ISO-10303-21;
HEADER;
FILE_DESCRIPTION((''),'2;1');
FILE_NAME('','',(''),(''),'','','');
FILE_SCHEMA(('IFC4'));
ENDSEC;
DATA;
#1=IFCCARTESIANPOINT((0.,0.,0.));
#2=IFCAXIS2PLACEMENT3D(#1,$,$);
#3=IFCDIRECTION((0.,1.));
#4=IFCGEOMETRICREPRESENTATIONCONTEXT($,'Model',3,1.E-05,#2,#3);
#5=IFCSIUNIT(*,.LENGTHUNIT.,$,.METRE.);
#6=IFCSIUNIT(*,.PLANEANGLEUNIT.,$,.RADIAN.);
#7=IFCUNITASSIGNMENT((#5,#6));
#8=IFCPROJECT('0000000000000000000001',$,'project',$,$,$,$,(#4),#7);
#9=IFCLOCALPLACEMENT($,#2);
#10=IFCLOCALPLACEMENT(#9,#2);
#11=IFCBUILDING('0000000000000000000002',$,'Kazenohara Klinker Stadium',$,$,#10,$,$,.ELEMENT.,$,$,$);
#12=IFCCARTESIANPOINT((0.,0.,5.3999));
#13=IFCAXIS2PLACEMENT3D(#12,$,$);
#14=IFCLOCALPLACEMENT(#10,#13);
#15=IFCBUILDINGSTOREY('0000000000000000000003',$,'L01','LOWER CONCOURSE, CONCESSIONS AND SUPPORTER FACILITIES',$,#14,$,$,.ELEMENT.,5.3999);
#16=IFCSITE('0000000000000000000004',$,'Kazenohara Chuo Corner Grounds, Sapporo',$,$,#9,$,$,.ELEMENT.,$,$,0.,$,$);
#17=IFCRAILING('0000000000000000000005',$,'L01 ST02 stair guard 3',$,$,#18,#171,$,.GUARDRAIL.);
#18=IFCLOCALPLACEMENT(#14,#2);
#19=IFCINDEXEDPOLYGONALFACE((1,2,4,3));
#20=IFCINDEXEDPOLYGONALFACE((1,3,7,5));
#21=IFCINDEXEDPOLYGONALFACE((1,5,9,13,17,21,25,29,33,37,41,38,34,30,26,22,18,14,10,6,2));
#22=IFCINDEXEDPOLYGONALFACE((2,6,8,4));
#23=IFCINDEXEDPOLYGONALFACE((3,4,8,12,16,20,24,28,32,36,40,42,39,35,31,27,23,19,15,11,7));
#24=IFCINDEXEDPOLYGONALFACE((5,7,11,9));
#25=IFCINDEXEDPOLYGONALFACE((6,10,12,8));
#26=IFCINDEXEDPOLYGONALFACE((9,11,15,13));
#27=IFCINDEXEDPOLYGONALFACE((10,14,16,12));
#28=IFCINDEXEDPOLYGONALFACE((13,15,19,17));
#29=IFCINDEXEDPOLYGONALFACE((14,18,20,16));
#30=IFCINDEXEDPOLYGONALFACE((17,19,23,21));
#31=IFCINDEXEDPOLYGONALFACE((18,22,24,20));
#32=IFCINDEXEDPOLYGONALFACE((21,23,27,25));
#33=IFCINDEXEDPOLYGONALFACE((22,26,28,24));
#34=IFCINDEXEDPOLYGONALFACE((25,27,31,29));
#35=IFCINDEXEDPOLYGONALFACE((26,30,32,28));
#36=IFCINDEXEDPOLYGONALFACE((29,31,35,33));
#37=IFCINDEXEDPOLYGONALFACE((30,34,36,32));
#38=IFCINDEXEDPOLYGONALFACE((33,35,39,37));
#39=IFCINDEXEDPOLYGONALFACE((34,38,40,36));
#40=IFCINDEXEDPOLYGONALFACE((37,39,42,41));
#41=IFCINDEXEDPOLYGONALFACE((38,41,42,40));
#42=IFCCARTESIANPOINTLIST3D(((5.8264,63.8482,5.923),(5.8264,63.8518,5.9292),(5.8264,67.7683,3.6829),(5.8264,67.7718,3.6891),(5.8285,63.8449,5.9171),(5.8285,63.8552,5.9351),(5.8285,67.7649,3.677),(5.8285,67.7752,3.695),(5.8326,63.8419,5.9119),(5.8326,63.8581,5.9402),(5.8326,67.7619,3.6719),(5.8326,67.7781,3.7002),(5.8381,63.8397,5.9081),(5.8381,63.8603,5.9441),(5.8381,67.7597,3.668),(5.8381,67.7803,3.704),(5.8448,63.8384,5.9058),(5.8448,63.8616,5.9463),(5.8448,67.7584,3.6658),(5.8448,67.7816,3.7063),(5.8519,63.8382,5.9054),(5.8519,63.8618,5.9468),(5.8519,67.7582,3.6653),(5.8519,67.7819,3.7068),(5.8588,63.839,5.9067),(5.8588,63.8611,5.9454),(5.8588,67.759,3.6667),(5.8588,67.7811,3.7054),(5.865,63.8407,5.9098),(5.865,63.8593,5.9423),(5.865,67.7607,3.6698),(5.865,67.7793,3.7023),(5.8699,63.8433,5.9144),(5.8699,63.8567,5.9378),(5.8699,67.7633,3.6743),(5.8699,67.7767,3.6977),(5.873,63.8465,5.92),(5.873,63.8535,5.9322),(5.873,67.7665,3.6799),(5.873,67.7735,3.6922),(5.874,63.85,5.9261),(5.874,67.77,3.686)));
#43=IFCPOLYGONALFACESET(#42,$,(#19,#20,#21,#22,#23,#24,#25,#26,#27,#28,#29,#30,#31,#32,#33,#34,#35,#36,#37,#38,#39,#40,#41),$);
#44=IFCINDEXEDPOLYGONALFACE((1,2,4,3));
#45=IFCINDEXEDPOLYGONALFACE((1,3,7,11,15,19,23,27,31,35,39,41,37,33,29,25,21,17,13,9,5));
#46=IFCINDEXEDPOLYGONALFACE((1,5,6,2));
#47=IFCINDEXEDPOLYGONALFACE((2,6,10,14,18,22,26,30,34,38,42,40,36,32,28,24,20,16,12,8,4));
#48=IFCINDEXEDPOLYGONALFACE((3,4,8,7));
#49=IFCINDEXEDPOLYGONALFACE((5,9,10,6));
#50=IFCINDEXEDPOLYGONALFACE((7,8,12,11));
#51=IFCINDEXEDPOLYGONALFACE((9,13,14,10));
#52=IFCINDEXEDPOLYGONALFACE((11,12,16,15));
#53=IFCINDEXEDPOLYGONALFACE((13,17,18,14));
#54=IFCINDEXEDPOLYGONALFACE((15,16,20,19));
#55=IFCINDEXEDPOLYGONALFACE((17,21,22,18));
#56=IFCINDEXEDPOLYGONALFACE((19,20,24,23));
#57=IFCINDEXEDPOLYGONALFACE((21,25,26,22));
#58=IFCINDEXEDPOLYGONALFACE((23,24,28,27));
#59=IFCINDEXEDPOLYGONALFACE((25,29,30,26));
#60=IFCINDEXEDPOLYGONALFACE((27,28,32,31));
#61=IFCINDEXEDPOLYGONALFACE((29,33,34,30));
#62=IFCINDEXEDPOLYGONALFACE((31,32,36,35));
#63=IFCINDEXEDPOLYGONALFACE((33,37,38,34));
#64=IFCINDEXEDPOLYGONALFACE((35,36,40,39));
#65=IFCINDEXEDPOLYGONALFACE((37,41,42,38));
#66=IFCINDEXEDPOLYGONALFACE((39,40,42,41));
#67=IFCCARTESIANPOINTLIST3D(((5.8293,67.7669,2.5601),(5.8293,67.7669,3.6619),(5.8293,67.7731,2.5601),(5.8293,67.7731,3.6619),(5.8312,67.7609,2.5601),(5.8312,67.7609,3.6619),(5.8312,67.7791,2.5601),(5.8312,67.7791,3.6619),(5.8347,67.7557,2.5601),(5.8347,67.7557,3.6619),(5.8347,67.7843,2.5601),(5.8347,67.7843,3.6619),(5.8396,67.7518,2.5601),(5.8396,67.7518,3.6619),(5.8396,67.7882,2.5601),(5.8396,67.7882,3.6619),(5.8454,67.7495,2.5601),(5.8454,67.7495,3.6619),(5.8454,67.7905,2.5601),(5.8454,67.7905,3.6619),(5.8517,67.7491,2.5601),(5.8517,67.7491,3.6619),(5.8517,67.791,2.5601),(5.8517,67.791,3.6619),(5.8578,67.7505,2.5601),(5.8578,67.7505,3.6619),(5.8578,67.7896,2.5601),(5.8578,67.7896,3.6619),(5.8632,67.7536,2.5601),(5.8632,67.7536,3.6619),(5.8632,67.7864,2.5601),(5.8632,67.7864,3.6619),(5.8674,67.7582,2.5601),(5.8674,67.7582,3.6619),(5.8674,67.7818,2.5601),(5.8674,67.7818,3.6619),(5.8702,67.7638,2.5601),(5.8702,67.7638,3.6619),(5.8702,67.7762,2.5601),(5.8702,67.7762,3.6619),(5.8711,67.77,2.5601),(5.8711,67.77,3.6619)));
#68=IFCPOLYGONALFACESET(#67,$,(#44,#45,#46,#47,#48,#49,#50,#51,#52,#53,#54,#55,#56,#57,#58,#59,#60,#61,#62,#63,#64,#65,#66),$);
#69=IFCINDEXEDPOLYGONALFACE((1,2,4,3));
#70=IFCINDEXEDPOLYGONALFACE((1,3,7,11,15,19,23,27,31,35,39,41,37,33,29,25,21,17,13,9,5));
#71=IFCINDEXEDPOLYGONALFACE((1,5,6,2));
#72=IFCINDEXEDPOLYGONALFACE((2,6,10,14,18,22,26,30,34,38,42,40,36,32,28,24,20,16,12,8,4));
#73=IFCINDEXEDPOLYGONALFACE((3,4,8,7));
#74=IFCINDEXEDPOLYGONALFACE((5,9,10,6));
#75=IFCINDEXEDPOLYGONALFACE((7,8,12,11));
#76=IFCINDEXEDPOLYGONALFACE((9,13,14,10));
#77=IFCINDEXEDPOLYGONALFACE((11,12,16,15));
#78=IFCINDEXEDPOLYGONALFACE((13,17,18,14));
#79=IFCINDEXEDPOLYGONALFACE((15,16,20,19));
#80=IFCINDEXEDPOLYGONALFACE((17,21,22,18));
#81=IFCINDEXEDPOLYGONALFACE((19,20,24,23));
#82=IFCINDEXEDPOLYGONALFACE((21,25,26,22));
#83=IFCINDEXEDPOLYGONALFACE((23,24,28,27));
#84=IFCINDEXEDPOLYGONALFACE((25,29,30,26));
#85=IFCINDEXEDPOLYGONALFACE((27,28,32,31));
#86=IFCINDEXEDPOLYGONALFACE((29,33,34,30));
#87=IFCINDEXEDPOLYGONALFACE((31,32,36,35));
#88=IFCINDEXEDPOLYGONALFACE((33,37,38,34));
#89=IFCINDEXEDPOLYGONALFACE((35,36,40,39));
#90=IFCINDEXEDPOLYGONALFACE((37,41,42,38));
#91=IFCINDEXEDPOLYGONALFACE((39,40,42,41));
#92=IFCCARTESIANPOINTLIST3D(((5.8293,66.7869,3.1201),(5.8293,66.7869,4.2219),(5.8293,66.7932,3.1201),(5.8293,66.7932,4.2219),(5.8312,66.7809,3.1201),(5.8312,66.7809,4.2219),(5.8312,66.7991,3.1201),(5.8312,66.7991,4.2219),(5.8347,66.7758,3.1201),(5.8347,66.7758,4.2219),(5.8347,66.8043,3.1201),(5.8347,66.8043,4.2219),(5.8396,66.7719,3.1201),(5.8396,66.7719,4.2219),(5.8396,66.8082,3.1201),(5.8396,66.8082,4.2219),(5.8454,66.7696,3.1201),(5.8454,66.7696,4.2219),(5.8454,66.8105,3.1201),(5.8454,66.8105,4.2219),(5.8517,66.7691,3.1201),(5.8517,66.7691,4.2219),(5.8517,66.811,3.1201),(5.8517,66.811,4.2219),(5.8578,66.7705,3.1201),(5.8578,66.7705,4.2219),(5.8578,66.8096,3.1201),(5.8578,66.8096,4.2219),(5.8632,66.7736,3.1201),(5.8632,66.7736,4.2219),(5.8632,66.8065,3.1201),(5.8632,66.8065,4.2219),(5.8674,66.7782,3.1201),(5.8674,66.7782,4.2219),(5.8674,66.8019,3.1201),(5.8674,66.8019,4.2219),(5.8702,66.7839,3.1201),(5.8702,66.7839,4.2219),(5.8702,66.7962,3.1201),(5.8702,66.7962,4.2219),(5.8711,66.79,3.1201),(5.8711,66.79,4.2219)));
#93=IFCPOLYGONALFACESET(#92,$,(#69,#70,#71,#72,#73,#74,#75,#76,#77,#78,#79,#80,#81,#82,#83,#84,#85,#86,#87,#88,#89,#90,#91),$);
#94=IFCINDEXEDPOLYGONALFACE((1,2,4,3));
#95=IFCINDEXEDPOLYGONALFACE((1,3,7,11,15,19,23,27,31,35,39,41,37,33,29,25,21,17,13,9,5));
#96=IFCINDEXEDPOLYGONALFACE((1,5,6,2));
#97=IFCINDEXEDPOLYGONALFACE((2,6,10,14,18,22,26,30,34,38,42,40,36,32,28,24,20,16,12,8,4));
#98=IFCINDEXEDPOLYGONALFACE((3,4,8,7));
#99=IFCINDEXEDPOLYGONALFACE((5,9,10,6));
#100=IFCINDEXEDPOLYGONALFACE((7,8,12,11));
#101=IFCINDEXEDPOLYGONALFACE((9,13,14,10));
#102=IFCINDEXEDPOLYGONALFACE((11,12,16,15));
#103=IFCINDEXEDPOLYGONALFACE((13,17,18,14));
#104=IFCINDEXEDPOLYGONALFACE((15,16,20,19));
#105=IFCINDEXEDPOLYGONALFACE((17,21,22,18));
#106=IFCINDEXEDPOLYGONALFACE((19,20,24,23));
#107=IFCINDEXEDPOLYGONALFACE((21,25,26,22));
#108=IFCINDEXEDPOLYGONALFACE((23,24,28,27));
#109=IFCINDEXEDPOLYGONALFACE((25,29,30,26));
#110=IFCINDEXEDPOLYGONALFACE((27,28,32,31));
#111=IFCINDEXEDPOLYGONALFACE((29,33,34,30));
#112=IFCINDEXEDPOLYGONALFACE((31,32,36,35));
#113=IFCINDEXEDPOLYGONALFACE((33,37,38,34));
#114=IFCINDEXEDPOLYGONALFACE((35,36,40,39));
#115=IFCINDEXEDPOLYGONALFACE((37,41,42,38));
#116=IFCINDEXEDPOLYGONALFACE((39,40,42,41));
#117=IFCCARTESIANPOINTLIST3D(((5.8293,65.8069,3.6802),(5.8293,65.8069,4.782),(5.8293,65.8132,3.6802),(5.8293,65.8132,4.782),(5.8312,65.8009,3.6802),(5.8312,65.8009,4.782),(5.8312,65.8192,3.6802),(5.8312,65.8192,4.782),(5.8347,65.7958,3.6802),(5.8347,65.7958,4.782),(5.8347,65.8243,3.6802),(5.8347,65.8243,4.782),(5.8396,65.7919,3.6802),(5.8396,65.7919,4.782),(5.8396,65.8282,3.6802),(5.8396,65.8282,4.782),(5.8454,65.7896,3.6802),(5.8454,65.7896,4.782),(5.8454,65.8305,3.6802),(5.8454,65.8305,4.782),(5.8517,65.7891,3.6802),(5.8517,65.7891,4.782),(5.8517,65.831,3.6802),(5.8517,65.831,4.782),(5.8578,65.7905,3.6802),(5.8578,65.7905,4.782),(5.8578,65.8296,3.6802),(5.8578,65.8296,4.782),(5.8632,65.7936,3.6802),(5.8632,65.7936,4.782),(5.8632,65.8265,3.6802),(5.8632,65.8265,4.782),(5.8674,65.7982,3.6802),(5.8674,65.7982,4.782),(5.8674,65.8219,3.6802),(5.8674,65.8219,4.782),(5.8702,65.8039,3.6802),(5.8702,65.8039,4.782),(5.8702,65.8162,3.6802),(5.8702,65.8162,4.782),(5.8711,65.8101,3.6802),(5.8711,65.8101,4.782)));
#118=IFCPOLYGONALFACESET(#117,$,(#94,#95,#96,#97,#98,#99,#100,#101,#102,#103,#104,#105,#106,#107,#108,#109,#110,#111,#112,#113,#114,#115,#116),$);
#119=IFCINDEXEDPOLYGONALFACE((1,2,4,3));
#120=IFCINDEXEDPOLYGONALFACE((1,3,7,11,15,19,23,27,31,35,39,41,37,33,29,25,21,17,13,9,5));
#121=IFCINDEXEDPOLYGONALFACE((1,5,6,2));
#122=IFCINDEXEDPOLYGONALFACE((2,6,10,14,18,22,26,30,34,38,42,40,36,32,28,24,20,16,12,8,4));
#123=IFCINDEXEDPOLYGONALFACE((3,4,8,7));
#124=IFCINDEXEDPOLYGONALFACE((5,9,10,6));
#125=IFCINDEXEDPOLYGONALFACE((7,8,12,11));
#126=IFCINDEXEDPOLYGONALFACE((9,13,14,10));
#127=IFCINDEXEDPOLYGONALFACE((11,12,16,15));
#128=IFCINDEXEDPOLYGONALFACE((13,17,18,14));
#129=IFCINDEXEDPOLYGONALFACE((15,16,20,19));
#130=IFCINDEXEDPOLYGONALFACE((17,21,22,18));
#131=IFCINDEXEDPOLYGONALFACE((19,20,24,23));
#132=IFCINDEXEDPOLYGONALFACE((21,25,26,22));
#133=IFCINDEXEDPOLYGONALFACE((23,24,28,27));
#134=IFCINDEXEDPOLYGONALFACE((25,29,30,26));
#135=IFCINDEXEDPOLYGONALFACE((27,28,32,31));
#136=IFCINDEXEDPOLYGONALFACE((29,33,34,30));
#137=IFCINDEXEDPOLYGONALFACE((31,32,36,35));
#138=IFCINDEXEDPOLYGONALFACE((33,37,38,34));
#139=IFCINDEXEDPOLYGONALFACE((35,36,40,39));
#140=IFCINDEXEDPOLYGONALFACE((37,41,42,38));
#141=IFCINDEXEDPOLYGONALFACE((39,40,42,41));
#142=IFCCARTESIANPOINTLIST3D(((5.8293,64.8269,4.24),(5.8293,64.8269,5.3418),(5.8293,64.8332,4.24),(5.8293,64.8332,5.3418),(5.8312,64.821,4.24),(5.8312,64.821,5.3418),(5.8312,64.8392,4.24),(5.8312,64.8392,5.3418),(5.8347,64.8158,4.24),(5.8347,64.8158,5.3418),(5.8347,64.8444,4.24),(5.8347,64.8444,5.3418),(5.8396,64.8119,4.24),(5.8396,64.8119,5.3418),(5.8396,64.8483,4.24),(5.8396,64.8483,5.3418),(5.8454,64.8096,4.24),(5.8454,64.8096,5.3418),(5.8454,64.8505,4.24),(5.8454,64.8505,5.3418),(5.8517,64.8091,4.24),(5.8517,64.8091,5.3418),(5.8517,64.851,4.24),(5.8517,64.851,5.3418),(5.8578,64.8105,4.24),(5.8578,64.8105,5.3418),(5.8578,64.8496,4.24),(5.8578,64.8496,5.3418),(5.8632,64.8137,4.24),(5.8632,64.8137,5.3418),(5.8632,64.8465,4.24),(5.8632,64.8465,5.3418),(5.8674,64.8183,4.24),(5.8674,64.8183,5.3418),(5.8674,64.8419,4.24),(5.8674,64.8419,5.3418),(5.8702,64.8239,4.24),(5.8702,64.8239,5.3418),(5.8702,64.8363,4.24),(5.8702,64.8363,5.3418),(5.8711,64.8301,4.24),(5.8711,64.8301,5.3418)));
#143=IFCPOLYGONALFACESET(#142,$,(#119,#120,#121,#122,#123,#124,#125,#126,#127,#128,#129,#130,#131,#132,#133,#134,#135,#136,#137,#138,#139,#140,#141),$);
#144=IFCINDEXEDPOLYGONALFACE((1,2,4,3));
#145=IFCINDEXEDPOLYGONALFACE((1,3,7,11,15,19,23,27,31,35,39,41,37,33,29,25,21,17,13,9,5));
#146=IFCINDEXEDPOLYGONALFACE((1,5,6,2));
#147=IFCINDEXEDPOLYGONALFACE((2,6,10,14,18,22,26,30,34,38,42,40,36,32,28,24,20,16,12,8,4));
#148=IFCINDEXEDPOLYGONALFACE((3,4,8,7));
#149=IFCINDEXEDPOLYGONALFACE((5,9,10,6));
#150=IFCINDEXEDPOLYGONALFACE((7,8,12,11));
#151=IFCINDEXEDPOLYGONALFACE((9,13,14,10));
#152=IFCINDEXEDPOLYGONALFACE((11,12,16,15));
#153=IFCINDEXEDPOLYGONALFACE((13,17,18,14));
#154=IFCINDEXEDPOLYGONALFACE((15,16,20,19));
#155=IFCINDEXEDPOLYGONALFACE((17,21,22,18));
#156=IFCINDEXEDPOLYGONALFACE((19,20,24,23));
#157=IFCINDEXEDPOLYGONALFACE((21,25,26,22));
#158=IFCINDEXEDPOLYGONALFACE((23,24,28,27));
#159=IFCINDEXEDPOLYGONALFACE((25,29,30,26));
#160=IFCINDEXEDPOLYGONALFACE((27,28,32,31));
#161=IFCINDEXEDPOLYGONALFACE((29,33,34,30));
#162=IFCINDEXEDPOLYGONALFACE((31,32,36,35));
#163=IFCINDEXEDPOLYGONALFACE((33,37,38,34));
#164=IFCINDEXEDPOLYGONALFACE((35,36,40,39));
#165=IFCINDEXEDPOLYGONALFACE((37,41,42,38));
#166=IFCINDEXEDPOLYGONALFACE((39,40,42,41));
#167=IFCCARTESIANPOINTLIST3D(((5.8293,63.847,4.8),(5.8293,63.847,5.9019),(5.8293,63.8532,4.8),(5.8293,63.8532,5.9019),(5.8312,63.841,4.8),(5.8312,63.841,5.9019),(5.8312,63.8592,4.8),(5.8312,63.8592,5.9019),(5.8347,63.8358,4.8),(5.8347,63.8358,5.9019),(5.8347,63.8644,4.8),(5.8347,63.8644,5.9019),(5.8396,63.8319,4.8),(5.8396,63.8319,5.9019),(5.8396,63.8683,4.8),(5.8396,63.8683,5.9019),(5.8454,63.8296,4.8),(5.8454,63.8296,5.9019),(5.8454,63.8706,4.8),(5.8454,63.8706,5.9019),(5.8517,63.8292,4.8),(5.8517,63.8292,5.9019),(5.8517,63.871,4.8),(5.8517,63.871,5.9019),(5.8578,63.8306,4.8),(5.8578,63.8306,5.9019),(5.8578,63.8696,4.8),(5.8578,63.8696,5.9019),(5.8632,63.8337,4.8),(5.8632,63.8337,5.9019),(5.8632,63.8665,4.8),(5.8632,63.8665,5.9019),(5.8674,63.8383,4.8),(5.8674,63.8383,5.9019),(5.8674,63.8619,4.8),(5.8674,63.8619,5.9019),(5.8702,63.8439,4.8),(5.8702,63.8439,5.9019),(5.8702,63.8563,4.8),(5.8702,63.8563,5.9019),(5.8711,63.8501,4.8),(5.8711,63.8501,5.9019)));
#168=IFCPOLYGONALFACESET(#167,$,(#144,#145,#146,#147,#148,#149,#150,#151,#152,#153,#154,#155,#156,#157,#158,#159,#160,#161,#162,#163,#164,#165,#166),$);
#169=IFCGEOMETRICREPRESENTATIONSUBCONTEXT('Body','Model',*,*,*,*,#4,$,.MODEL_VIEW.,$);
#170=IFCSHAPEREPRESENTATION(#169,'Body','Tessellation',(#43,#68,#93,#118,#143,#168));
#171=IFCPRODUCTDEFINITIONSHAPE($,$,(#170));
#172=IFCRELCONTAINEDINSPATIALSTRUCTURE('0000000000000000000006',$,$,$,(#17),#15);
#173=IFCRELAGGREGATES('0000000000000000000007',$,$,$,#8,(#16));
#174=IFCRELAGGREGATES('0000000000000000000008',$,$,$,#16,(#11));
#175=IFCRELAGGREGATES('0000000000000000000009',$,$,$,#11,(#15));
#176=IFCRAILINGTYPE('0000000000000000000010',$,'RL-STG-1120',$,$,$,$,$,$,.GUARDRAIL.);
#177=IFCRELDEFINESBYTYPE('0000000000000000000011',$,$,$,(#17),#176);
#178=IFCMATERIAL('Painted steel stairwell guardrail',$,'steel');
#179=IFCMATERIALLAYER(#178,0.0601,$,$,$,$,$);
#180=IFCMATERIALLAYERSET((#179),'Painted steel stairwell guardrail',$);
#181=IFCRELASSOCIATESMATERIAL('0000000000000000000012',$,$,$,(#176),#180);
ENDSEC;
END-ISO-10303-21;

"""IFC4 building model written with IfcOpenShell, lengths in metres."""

from ifc_helpers import new_model, si_unit, direction, frame, origin, origin_2d, place, context, subcontext, project, spatial, circle, extrude, material, layer, layer_set, type_object, element, save


model = new_model("IFC4")

# Units and contexts
model_context = context("Model", 3, precision=1e-05, world=origin(), true_north=direction((0.0, 1.0)))
body_context = subcontext(model_context, "Body", "Model", "MODEL_VIEW")
ifc_project = project(units=[si_unit("LENGTHUNIT", "METRE"), si_unit("PLANEANGLEUNIT", "RADIAN")], contexts=[model_context])

# Site, building, storey
site_placement = place(None, origin())
site = spatial("IfcSite", under=ifc_project, at=site_placement, Name="Kazenohara Chuo Corner Grounds, Sapporo", CompositionType="ELEMENT", RefElevation=0.0)
building_placement = place(site_placement, origin())
building = spatial("IfcBuilding", under=site, at=building_placement, Name="Kazenohara Klinker Stadium", CompositionType="ELEMENT")
storey_placement = place(building_placement, frame((0.0, 0.0, 5.3999)))
storey = spatial("IfcBuildingStorey", under=building, at=storey_placement, Name="L01", Description="LOWER CONCOURSE, CONCESSIONS AND SUPPORTER FACILITIES", CompositionType="ELEMENT", Elevation=5.3999)

# Railing
ifc_material_1 = material(Name="Painted steel stairwell guardrail", Category="steel")
ifc_layer_1 = layer(ifc_material_1, 0.0601)
ifc_layer_set_1 = layer_set([ifc_layer_1], Name="Painted steel stairwell guardrail")
railing_type_1 = type_object("IfcRailingType", Name="RL-STG-1120", PredefinedType="GUARDRAIL", material=ifc_layer_set_1)
railing_1_placement = place(storey_placement, frame((5.8501, 67.77, 2.5601)))
element("IfcRailing", 1, at=railing_1_placement, inside=storey, type_object=railing_type_1, Name="L01 ST02 stair guard 3", PredefinedType="GUARDRAIL", context=body_context, shape_type="SweptSolid", body=[
    extrude(circle(Radius=0.0239, at=origin_2d()), frame((0.0, 0.0, 1.126), z_axis=(0.0, -0.86824, 0.496145), x_axis=(1.0, 0.0, 0.0)), (0.0, 0.0, 1.0), 4.5149),
    extrude(circle(Radius=0.021, at=origin_2d()), origin(), (0.0, 0.0, 1.0), 1.1018),
    extrude(circle(Radius=0.021, at=origin_2d()), frame((0.0, -0.98, 0.5601)), (0.0, 0.0, 1.0), 1.1018),
    extrude(circle(Radius=0.021, at=origin_2d()), frame((0.0, -1.96, 1.1201)), (0.0, 0.0, 1.0), 1.1018),
    extrude(circle(Radius=0.021, at=origin_2d()), frame((0.0, -2.9399, 1.6799)), (0.0, 0.0, 1.0), 1.1018),
    extrude(circle(Radius=0.021, at=origin_2d()), frame((0.0, -3.9199, 2.24)), (0.0, 0.0, 1.0), 1.1018),
])

save(model, "model.ifc")
